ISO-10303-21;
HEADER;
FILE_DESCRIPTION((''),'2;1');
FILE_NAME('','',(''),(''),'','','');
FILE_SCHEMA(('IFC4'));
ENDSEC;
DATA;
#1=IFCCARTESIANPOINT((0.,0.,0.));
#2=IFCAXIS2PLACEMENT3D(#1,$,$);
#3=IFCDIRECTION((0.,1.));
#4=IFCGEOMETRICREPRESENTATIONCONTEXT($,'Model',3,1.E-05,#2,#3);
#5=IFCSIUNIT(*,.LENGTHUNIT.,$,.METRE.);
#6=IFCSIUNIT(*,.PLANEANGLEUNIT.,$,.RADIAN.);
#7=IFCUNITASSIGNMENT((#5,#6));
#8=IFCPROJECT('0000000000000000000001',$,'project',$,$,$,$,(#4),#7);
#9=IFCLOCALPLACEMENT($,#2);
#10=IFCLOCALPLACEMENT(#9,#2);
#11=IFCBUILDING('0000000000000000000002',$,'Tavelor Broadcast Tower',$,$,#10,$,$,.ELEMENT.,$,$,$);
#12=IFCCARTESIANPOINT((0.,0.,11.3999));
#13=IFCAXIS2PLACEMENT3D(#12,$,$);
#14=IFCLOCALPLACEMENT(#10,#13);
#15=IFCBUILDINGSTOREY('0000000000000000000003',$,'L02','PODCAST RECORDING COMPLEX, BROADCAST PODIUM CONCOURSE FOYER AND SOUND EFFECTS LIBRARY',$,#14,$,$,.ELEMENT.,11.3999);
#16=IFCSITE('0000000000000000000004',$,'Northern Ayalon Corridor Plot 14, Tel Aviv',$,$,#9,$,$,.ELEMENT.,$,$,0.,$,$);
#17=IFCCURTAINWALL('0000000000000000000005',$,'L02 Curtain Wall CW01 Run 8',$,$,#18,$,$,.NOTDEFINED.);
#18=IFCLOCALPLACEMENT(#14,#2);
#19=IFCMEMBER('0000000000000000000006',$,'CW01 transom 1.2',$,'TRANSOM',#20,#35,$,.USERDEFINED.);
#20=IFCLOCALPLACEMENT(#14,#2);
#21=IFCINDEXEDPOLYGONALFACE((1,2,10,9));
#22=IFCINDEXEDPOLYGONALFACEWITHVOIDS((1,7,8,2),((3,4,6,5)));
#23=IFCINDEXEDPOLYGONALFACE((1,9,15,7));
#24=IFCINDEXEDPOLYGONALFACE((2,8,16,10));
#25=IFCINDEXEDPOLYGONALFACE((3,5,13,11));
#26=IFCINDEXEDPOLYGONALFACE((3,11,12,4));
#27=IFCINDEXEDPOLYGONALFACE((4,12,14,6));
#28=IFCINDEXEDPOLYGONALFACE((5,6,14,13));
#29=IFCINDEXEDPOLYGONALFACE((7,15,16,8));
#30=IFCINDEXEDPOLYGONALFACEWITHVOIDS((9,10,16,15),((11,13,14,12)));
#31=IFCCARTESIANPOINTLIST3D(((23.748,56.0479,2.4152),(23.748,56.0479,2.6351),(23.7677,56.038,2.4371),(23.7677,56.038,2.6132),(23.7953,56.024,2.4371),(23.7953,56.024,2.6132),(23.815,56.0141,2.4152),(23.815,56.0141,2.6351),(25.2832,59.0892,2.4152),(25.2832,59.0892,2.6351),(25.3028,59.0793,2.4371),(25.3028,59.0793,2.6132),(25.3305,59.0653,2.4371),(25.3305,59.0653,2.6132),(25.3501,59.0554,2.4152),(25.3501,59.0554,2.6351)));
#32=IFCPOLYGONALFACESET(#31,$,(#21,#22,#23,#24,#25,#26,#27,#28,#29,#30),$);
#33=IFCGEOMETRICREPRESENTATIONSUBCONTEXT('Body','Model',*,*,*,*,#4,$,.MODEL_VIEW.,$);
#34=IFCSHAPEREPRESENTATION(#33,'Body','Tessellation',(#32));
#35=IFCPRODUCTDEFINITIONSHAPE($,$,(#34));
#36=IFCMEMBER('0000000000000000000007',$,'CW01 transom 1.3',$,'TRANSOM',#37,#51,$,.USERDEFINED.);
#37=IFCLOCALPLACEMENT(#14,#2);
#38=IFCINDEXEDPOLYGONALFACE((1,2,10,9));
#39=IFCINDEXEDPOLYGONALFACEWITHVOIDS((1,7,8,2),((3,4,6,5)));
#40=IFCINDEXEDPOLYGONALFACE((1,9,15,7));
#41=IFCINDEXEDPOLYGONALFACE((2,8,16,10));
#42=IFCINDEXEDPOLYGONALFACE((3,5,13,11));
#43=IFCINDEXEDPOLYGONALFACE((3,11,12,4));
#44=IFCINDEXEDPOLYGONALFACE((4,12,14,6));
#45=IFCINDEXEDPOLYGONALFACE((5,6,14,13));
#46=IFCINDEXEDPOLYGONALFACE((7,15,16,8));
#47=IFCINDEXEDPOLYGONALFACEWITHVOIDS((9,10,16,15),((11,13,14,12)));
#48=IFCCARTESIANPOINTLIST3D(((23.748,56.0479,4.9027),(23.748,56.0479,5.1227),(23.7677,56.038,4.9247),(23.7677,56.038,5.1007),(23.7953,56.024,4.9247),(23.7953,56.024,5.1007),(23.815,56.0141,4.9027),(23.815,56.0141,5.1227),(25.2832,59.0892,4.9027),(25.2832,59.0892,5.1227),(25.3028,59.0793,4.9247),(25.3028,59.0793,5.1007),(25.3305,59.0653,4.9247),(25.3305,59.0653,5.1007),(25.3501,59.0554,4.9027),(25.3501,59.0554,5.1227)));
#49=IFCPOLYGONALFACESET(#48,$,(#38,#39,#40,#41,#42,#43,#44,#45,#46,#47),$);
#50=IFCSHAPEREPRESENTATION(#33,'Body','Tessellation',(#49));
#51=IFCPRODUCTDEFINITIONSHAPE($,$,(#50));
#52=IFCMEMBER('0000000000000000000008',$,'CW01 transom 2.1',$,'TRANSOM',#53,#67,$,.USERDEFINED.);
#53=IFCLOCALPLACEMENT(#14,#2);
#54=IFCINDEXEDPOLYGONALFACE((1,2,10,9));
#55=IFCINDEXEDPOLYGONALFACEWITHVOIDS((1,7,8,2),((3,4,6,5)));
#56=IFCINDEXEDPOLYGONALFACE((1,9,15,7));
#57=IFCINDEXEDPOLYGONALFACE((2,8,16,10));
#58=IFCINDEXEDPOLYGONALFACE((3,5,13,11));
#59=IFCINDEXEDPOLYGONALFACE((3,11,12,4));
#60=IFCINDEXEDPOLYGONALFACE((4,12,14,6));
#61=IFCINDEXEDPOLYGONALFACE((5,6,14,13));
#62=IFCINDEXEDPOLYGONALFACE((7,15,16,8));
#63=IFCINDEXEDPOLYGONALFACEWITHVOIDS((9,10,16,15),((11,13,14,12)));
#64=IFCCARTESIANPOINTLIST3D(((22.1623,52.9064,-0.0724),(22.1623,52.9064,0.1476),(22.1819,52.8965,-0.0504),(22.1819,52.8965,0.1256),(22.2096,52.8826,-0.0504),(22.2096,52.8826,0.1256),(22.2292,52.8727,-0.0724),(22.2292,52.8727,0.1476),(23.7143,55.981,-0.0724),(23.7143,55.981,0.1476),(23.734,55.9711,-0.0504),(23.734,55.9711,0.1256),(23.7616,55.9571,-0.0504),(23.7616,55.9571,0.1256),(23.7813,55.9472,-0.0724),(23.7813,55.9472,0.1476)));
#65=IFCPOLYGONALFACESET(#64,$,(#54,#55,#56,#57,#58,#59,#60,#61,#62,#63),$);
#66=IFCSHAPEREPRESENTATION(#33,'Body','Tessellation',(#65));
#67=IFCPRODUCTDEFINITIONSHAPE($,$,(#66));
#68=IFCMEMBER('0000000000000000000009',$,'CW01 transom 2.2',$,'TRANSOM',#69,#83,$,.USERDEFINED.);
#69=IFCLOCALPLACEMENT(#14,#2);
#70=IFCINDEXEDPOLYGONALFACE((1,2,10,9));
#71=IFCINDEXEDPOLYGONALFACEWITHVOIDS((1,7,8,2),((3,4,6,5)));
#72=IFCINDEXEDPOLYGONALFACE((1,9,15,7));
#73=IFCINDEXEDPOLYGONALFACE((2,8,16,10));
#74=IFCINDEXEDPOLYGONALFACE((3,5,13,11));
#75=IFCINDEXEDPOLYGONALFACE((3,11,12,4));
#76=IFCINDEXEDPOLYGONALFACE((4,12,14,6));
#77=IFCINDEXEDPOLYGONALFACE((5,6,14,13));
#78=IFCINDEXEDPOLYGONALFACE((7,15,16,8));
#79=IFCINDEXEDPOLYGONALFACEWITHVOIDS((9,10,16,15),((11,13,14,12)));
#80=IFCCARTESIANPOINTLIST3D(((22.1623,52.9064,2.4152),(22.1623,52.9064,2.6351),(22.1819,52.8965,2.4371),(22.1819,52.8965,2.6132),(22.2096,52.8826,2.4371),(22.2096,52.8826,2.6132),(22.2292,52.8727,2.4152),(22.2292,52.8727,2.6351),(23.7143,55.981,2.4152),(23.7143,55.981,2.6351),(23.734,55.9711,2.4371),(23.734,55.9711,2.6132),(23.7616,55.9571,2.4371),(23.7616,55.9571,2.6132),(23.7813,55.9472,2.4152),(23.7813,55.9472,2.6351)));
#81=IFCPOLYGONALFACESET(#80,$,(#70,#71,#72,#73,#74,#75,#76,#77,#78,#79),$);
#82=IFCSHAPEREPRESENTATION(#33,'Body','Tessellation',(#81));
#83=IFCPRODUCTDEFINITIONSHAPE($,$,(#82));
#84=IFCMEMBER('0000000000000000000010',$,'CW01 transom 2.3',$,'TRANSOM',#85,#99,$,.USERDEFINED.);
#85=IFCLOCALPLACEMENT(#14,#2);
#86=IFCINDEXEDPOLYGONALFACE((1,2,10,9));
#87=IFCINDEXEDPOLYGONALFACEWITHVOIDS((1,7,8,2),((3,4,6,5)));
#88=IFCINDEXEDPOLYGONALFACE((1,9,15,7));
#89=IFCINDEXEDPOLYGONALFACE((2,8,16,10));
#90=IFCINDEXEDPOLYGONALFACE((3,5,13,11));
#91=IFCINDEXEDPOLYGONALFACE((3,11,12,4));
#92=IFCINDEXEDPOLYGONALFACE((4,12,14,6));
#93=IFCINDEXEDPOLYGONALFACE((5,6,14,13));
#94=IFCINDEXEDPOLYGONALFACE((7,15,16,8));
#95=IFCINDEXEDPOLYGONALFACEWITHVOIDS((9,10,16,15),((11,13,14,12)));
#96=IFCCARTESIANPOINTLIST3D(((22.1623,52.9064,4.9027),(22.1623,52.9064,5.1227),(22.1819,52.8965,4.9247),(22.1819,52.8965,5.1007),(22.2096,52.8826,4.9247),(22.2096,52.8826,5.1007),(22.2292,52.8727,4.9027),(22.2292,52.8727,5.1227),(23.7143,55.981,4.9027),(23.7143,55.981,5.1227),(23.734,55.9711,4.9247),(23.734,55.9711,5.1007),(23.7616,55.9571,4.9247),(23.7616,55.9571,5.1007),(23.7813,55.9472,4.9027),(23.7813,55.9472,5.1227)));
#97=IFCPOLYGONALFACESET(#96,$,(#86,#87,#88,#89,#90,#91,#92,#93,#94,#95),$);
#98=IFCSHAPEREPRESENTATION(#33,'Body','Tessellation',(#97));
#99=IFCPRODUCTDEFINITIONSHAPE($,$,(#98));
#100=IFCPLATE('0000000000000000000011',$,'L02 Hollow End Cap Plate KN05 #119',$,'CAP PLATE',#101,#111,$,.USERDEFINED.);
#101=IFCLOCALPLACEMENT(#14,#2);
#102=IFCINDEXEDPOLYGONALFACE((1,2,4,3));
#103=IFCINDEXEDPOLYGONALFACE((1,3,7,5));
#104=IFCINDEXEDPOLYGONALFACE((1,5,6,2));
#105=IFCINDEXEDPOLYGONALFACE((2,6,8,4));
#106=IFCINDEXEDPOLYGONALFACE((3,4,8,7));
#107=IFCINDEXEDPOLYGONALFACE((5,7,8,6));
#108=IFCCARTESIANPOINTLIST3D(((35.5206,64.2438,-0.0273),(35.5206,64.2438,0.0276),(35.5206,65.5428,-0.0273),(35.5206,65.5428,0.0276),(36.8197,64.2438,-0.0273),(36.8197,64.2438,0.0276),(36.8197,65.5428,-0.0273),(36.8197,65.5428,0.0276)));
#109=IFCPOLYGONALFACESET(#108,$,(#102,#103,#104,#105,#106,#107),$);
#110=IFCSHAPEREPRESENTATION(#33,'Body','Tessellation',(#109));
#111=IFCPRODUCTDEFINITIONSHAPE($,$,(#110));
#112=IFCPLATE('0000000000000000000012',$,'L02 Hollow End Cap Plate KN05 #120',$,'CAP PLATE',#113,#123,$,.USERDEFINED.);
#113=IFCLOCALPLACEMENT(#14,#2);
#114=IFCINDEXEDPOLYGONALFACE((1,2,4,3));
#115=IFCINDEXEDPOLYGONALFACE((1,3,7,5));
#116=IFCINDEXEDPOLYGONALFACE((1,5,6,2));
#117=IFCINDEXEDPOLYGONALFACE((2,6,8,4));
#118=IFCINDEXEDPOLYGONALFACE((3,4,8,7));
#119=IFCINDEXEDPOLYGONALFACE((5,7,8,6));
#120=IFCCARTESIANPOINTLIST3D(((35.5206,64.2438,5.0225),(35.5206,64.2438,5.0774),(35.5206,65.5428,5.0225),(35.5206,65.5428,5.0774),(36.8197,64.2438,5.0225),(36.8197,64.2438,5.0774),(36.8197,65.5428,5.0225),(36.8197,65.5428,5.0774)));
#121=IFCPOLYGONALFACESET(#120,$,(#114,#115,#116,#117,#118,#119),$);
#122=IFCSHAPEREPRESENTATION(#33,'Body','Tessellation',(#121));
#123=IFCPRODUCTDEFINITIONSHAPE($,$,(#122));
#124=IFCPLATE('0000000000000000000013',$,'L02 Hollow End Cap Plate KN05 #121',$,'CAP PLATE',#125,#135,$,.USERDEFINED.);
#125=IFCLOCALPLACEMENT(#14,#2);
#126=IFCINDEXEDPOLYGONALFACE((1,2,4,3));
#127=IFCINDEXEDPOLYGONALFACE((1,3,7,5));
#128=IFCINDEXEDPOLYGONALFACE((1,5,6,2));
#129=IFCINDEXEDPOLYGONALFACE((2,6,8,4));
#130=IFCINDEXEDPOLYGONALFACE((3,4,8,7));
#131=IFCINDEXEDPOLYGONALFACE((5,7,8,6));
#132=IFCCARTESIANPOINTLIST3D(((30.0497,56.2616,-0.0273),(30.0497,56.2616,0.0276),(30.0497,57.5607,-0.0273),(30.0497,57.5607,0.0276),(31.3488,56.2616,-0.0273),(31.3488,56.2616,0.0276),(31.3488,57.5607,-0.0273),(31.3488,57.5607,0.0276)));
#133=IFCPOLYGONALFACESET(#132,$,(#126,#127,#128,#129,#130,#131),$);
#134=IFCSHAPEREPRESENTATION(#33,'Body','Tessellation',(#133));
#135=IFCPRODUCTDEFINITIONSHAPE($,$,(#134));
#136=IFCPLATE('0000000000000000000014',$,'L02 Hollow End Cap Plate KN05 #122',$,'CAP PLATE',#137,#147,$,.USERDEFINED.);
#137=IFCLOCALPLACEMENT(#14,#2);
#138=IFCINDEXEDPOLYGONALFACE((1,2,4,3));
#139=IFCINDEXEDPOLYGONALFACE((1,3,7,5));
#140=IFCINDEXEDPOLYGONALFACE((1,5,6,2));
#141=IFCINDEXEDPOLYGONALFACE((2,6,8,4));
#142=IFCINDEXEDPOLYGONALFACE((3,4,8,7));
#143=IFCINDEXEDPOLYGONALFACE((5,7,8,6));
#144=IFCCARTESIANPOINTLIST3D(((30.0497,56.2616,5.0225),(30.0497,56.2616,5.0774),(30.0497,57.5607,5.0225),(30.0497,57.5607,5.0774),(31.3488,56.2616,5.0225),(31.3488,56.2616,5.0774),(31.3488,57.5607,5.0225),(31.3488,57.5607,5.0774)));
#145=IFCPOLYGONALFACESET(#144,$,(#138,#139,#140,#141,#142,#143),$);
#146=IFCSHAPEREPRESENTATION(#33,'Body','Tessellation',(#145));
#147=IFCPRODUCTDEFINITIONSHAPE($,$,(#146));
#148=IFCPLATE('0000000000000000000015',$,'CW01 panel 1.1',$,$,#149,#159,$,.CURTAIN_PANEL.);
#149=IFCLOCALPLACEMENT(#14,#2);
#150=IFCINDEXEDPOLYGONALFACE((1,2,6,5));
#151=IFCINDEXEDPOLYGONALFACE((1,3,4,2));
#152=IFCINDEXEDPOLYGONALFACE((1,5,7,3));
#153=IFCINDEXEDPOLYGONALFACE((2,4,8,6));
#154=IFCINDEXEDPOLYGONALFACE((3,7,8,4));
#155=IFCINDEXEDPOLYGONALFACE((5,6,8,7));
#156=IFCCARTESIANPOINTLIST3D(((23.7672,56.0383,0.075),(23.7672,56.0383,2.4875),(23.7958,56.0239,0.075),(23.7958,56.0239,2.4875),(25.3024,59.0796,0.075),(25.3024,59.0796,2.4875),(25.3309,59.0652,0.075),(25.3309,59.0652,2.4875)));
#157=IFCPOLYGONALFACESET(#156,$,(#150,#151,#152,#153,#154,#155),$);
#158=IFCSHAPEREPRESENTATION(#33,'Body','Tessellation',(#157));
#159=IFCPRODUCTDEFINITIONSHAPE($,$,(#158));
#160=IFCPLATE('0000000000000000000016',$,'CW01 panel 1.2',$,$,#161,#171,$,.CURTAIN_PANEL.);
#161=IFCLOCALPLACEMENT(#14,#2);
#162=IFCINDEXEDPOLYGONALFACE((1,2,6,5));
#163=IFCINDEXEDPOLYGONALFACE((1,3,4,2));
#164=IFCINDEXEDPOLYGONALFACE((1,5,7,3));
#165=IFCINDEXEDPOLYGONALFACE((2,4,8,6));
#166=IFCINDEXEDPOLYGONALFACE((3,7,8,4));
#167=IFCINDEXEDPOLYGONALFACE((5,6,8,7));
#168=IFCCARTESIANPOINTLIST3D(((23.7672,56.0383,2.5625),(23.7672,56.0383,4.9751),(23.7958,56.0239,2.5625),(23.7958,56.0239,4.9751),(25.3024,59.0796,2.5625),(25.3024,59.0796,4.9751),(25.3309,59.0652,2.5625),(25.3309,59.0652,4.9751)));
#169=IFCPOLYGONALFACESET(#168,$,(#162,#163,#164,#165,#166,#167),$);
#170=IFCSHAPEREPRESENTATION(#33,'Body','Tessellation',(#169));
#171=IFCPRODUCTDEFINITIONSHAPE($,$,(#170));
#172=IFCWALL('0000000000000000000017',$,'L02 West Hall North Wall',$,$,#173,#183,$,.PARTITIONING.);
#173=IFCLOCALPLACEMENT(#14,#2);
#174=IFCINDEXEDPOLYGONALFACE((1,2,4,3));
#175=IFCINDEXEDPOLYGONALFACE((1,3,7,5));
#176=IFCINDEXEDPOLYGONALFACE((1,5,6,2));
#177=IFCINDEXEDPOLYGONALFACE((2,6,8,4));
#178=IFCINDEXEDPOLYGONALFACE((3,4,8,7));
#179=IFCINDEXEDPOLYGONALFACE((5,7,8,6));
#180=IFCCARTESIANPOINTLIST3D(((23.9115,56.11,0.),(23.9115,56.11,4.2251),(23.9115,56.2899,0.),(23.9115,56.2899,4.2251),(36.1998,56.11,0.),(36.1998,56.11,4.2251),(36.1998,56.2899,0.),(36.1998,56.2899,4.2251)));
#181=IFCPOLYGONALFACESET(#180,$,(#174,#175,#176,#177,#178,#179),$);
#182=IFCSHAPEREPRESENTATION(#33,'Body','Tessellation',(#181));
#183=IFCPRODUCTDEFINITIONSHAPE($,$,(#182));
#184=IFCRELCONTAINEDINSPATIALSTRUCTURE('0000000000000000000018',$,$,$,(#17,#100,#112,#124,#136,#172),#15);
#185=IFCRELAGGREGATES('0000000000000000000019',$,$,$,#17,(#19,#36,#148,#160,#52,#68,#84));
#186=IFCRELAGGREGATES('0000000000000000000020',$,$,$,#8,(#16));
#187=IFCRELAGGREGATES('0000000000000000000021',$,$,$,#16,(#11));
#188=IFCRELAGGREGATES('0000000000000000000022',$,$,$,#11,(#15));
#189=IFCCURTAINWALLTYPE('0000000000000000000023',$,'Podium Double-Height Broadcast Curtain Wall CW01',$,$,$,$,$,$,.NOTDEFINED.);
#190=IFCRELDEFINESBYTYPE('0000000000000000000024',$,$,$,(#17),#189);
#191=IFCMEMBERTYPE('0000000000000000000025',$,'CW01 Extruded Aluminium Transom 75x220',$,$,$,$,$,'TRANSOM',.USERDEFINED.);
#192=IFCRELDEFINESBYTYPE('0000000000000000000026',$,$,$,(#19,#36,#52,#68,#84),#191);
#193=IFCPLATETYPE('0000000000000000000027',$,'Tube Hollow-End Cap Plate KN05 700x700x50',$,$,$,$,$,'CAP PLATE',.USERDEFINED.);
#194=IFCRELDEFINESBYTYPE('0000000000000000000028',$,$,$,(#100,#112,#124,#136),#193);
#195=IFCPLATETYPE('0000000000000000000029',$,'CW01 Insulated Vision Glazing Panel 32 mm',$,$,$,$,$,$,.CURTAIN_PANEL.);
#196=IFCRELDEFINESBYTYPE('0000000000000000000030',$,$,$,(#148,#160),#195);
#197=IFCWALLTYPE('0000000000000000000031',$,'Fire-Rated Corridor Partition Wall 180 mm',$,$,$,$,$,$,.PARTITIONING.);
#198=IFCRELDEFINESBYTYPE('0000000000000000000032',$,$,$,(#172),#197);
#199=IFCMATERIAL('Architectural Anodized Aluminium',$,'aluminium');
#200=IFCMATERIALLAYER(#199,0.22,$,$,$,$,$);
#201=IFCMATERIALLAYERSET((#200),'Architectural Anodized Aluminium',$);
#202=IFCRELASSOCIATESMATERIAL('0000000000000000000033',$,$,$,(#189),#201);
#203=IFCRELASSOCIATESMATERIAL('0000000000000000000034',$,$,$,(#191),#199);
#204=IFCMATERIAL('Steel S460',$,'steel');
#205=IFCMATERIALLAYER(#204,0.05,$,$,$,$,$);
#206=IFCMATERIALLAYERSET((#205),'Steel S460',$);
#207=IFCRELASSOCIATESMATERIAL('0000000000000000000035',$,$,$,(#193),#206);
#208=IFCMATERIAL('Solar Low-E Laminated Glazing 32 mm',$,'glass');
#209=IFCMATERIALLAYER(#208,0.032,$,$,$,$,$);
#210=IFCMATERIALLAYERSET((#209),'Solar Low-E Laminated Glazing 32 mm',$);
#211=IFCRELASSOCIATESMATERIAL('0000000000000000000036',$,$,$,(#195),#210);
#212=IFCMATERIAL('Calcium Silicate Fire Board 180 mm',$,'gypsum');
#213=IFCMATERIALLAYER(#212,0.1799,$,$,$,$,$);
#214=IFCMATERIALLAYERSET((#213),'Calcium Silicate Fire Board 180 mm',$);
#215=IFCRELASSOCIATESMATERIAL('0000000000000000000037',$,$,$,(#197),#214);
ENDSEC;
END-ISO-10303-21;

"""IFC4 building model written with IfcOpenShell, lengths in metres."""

from ifc_helpers import new_model, si_unit, direction, frame, frame_2d, origin, origin_2d, place, context, subcontext, project, spatial, rectangle, hollow_rectangle, extrude, source, transform, mapped, material, layer, layer_set, material_profile, profile_set, type_object, type_shapes, element, aggregate, save


model = new_model("IFC4")

# Units and contexts
model_context = context("Model", 3, precision=1e-05, world=origin(), true_north=direction((0.0, 1.0)))
body_context = subcontext(model_context, "Body", "Model", "MODEL_VIEW")
ifc_project = project(units=[si_unit("LENGTHUNIT", "METRE"), si_unit("PLANEANGLEUNIT", "RADIAN")], contexts=[model_context])

# Site, building, storey
site_placement = place(None, origin())
site = spatial("IfcSite", under=ifc_project, at=site_placement, Name="Northern Ayalon Corridor Plot 14, Tel Aviv", CompositionType="ELEMENT", RefElevation=0.0)
building_placement = place(site_placement, origin())
building = spatial("IfcBuilding", under=site, at=building_placement, Name="Tavelor Broadcast Tower", CompositionType="ELEMENT")
storey_placement = place(building_placement, frame((0.0, 0.0, 11.3999)))
storey = spatial("IfcBuildingStorey", under=building, at=storey_placement, Name="L02", Description="PODCAST RECORDING COMPLEX, BROADCAST PODIUM CONCOURSE FOYER AND SOUND EFFECTS LIBRARY", CompositionType="ELEMENT", Elevation=11.3999)

# Shared definitions
ifc_material_1 = material(Name="Steel S460", Category="steel")

# Curtain wall, members
ifc_material_2 = material(Name="Architectural Anodized Aluminium", Category="aluminium")
ifc_layer_1 = layer(ifc_material_2, 0.22)
ifc_layer_set_1 = layer_set([ifc_layer_1], Name="Architectural Anodized Aluminium")
curtain_wall_type = type_object("IfcCurtainWallType", Name="Podium Double-Height Broadcast Curtain Wall CW01", PredefinedType="NOTDEFINED", material=ifc_layer_set_1)
curtain_wall_placement = place(storey_placement, origin())
curtain_wall = element("IfcCurtainWall", 1, at=curtain_wall_placement, inside=storey, type_object=curtain_wall_type, Name="L02 Curtain Wall CW01 Run 8", PredefinedType="NOTDEFINED")
ifc_material_profile_1 = material_profile(ifc_material_2, hollow_rectangle(XDim=0.075, YDim=0.22, WallThickness=0.022, at=origin_2d()), Name="RHS 75x220x22")
ifc_profile_set_1 = profile_set([ifc_material_profile_1], Name="Architectural Anodized Aluminium")
member_type_1 = type_object("IfcMemberType", Name="CW01 Extruded Aluminium Transom 75x220", ElementType="TRANSOM", PredefinedType="USERDEFINED", material=ifc_profile_set_1)
shared_shape_1 = source(origin(), body_context, "Body", "SweptSolid", [
    extrude(hollow_rectangle(XDim=0.075, YDim=0.22, WallThickness=0.022, at=origin_2d()), origin(), (0.0, 0.0, 1.0), 3.4067),
])
member_1_placement = place(storey_placement, frame((25.3167, 59.0723, 2.5251), z_axis=(-0.450622, -0.892715, 0.0), x_axis=(0.892715, -0.450622, 0.0)))
member_1 = element("IfcMember", 2, at=member_1_placement, type_object=member_type_1, Name="CW01 transom 1.2", ObjectType="TRANSOM", PredefinedType="USERDEFINED", context=body_context, shape_type="MappedRepresentation", body=[
    mapped(shared_shape_1, transform((0.0, 0.0, 0.0), scale=1.0)),
])
member_2_placement = place(storey_placement, frame((25.3167, 59.0723, 5.0127), z_axis=(-0.450622, -0.892715, 0.0), x_axis=(0.892715, -0.450622, 0.0)))
member_2 = element("IfcMember", 3, at=member_2_placement, type_object=member_type_1, Name="CW01 transom 1.3", ObjectType="TRANSOM", PredefinedType="USERDEFINED", context=body_context, shape_type="MappedRepresentation", body=[
    mapped(shared_shape_1, transform((0.0, 0.0, 0.0), scale=1.0)),
])
shared_shape_2 = source(origin(), body_context, "Body", "SweptSolid", [
    extrude(hollow_rectangle(XDim=0.075, YDim=0.22, WallThickness=0.022, at=origin_2d()), origin(), (0.0, 0.0, 1.0), 3.4441),
])
type_shapes(member_type_1, [shared_shape_1, shared_shape_2])
member_3_placement = place(storey_placement, frame((23.7478, 55.9641, 0.0376), z_axis=(-0.450641, -0.892705, 0.0), x_axis=(0.892705, -0.450641, 0.0)))
member_3 = element("IfcMember", 4, at=member_3_placement, type_object=member_type_1, Name="CW01 transom 2.1", ObjectType="TRANSOM", PredefinedType="USERDEFINED", context=body_context, shape_type="MappedRepresentation", body=[
    mapped(shared_shape_2, transform((0.0, 0.0, 0.0), scale=1.0)),
])
member_4_placement = place(storey_placement, frame((23.7478, 55.9641, 2.5251), z_axis=(-0.450641, -0.892705, 0.0), x_axis=(0.892705, -0.450641, 0.0)))
member_4 = element("IfcMember", 5, at=member_4_placement, type_object=member_type_1, Name="CW01 transom 2.2", ObjectType="TRANSOM", PredefinedType="USERDEFINED", context=body_context, shape_type="MappedRepresentation", body=[
    mapped(shared_shape_2, transform((0.0, 0.0, 0.0), scale=1.0)),
])
member_5_placement = place(storey_placement, frame((23.7478, 55.9641, 5.0127), z_axis=(-0.450641, -0.892705, 0.0), x_axis=(0.892705, -0.450641, 0.0)))
member_5 = element("IfcMember", 6, at=member_5_placement, type_object=member_type_1, Name="CW01 transom 2.3", ObjectType="TRANSOM", PredefinedType="USERDEFINED", context=body_context, shape_type="MappedRepresentation", body=[
    mapped(shared_shape_2, transform((0.0, 0.0, 0.0), scale=1.0)),
])

# Plates
ifc_layer_2 = layer(ifc_material_1, 0.05)
ifc_layer_set_2 = layer_set([ifc_layer_2], Name="Steel S460")
plate_type_1 = type_object("IfcPlateType", Name="Tube Hollow-End Cap Plate KN05 700x700x50", ElementType="CAP PLATE", PredefinedType="USERDEFINED", material=ifc_layer_set_2)
shared_shape_3 = source(origin(), body_context, "Body", "SweptSolid", [
    extrude(rectangle(XDim=1.2991, YDim=1.2991, at=origin_2d()), origin(), (0.0, 0.0, 1.0), 0.0549),
])
type_shapes(plate_type_1, [shared_shape_3])
for number, where, z_axis, x_axis, name in (
    (7, (36.1702, 64.8933, -0.0273), (0.0, 0.0, 1.0), (1.0, 0.0, 0.0), "L02 Hollow End Cap Plate KN05 #119"),
    (8, (36.1702, 64.8933, 5.0225), (0.0, 0.0, 1.0), (1.0, 0.0, 0.0), "L02 Hollow End Cap Plate KN05 #120"),
    (9, (30.6992, 56.9111, -0.0273), (0.0, 0.0, 1.0), (1.0, 0.0, 0.0), "L02 Hollow End Cap Plate KN05 #121"),
    (10, (30.6992, 56.9111, 5.0225), (0.0, 0.0, 1.0), (1.0, 0.0, 0.0), "L02 Hollow End Cap Plate KN05 #122"),
):
    element("IfcPlate", number, at=place(storey_placement, frame(where, z_axis=z_axis, x_axis=x_axis)), inside=storey, type_object=plate_type_1, Name=name, ObjectType="CAP PLATE", PredefinedType="USERDEFINED", context=body_context, shape_type="MappedRepresentation", body=[
        mapped(shared_shape_3, transform((0.0, 0.0, 0.0), scale=1.0)),
    ])

# Plates
ifc_material_3 = material(Name="Solar Low-E Laminated Glazing 32 mm", Category="glass")
ifc_layer_3 = layer(ifc_material_3, 0.032)
ifc_layer_set_3 = layer_set([ifc_layer_3], Name="Solar Low-E Laminated Glazing 32 mm")
plate_type_2 = type_object("IfcPlateType", Name="CW01 Insulated Vision Glazing Panel 32 mm", PredefinedType="CURTAIN_PANEL", material=ifc_layer_set_3)
shared_shape_4 = source(origin(), body_context, "Body", "SweptSolid", [
    extrude(rectangle(XDim=3.4067, YDim=0.032, at=origin_2d()), origin(), (0.0, 0.0, 1.0), 2.4126),
])
type_shapes(plate_type_2, [shared_shape_4])
plate_1_placement = place(storey_placement, frame((24.5491, 57.5518, 0.075), z_axis=(0.0, 0.0, 1.0), x_axis=(-0.450624, -0.892714, 0.0)))
plate_1 = element("IfcPlate", 11, at=plate_1_placement, type_object=plate_type_2, Name="CW01 panel 1.1", PredefinedType="CURTAIN_PANEL", context=body_context, shape_type="MappedRepresentation", body=[
    mapped(shared_shape_4, transform((0.0, 0.0, 0.0), scale=1.0)),
])
plate_2_placement = place(storey_placement, frame((24.5491, 57.5518, 2.5625), z_axis=(0.0, 0.0, 1.0), x_axis=(-0.450624, -0.892714, 0.0)))
plate_2 = element("IfcPlate", 12, at=plate_2_placement, type_object=plate_type_2, Name="CW01 panel 1.2", PredefinedType="CURTAIN_PANEL", context=body_context, shape_type="MappedRepresentation", body=[
    mapped(shared_shape_4, transform((0.0, 0.0, 0.0), scale=1.0)),
])
aggregate(curtain_wall, [member_1, member_2, plate_1, plate_2, member_3, member_4, member_5])

# Wall
ifc_material_4 = material(Name="Calcium Silicate Fire Board 180 mm", Category="gypsum")
ifc_layer_4 = layer(ifc_material_4, 0.1799)
ifc_layer_set_4 = layer_set([ifc_layer_4], Name="Calcium Silicate Fire Board 180 mm")
wall_type_1 = type_object("IfcWallType", Name="Fire-Rated Corridor Partition Wall 180 mm", PredefinedType="PARTITIONING", material=ifc_layer_set_4)
wall_1_placement = place(storey_placement, frame((23.9116, 56.2, 0.0), z_axis=(0.0, 0.0, 1.0), x_axis=(1.0, 0.0, 0.0)))
element("IfcWall", 13, at=wall_1_placement, inside=storey, type_object=wall_type_1, Name="L02 West Hall North Wall", PredefinedType="PARTITIONING", context=body_context, shape_type="SweptSolid", body=[
    extrude(rectangle(XDim=12.2883, YDim=0.1799, at=frame_2d((6.144, 0.0))), origin(), (0.0, 0.0, 1.0), 4.2251),
])

save(model, "model.ifc")
